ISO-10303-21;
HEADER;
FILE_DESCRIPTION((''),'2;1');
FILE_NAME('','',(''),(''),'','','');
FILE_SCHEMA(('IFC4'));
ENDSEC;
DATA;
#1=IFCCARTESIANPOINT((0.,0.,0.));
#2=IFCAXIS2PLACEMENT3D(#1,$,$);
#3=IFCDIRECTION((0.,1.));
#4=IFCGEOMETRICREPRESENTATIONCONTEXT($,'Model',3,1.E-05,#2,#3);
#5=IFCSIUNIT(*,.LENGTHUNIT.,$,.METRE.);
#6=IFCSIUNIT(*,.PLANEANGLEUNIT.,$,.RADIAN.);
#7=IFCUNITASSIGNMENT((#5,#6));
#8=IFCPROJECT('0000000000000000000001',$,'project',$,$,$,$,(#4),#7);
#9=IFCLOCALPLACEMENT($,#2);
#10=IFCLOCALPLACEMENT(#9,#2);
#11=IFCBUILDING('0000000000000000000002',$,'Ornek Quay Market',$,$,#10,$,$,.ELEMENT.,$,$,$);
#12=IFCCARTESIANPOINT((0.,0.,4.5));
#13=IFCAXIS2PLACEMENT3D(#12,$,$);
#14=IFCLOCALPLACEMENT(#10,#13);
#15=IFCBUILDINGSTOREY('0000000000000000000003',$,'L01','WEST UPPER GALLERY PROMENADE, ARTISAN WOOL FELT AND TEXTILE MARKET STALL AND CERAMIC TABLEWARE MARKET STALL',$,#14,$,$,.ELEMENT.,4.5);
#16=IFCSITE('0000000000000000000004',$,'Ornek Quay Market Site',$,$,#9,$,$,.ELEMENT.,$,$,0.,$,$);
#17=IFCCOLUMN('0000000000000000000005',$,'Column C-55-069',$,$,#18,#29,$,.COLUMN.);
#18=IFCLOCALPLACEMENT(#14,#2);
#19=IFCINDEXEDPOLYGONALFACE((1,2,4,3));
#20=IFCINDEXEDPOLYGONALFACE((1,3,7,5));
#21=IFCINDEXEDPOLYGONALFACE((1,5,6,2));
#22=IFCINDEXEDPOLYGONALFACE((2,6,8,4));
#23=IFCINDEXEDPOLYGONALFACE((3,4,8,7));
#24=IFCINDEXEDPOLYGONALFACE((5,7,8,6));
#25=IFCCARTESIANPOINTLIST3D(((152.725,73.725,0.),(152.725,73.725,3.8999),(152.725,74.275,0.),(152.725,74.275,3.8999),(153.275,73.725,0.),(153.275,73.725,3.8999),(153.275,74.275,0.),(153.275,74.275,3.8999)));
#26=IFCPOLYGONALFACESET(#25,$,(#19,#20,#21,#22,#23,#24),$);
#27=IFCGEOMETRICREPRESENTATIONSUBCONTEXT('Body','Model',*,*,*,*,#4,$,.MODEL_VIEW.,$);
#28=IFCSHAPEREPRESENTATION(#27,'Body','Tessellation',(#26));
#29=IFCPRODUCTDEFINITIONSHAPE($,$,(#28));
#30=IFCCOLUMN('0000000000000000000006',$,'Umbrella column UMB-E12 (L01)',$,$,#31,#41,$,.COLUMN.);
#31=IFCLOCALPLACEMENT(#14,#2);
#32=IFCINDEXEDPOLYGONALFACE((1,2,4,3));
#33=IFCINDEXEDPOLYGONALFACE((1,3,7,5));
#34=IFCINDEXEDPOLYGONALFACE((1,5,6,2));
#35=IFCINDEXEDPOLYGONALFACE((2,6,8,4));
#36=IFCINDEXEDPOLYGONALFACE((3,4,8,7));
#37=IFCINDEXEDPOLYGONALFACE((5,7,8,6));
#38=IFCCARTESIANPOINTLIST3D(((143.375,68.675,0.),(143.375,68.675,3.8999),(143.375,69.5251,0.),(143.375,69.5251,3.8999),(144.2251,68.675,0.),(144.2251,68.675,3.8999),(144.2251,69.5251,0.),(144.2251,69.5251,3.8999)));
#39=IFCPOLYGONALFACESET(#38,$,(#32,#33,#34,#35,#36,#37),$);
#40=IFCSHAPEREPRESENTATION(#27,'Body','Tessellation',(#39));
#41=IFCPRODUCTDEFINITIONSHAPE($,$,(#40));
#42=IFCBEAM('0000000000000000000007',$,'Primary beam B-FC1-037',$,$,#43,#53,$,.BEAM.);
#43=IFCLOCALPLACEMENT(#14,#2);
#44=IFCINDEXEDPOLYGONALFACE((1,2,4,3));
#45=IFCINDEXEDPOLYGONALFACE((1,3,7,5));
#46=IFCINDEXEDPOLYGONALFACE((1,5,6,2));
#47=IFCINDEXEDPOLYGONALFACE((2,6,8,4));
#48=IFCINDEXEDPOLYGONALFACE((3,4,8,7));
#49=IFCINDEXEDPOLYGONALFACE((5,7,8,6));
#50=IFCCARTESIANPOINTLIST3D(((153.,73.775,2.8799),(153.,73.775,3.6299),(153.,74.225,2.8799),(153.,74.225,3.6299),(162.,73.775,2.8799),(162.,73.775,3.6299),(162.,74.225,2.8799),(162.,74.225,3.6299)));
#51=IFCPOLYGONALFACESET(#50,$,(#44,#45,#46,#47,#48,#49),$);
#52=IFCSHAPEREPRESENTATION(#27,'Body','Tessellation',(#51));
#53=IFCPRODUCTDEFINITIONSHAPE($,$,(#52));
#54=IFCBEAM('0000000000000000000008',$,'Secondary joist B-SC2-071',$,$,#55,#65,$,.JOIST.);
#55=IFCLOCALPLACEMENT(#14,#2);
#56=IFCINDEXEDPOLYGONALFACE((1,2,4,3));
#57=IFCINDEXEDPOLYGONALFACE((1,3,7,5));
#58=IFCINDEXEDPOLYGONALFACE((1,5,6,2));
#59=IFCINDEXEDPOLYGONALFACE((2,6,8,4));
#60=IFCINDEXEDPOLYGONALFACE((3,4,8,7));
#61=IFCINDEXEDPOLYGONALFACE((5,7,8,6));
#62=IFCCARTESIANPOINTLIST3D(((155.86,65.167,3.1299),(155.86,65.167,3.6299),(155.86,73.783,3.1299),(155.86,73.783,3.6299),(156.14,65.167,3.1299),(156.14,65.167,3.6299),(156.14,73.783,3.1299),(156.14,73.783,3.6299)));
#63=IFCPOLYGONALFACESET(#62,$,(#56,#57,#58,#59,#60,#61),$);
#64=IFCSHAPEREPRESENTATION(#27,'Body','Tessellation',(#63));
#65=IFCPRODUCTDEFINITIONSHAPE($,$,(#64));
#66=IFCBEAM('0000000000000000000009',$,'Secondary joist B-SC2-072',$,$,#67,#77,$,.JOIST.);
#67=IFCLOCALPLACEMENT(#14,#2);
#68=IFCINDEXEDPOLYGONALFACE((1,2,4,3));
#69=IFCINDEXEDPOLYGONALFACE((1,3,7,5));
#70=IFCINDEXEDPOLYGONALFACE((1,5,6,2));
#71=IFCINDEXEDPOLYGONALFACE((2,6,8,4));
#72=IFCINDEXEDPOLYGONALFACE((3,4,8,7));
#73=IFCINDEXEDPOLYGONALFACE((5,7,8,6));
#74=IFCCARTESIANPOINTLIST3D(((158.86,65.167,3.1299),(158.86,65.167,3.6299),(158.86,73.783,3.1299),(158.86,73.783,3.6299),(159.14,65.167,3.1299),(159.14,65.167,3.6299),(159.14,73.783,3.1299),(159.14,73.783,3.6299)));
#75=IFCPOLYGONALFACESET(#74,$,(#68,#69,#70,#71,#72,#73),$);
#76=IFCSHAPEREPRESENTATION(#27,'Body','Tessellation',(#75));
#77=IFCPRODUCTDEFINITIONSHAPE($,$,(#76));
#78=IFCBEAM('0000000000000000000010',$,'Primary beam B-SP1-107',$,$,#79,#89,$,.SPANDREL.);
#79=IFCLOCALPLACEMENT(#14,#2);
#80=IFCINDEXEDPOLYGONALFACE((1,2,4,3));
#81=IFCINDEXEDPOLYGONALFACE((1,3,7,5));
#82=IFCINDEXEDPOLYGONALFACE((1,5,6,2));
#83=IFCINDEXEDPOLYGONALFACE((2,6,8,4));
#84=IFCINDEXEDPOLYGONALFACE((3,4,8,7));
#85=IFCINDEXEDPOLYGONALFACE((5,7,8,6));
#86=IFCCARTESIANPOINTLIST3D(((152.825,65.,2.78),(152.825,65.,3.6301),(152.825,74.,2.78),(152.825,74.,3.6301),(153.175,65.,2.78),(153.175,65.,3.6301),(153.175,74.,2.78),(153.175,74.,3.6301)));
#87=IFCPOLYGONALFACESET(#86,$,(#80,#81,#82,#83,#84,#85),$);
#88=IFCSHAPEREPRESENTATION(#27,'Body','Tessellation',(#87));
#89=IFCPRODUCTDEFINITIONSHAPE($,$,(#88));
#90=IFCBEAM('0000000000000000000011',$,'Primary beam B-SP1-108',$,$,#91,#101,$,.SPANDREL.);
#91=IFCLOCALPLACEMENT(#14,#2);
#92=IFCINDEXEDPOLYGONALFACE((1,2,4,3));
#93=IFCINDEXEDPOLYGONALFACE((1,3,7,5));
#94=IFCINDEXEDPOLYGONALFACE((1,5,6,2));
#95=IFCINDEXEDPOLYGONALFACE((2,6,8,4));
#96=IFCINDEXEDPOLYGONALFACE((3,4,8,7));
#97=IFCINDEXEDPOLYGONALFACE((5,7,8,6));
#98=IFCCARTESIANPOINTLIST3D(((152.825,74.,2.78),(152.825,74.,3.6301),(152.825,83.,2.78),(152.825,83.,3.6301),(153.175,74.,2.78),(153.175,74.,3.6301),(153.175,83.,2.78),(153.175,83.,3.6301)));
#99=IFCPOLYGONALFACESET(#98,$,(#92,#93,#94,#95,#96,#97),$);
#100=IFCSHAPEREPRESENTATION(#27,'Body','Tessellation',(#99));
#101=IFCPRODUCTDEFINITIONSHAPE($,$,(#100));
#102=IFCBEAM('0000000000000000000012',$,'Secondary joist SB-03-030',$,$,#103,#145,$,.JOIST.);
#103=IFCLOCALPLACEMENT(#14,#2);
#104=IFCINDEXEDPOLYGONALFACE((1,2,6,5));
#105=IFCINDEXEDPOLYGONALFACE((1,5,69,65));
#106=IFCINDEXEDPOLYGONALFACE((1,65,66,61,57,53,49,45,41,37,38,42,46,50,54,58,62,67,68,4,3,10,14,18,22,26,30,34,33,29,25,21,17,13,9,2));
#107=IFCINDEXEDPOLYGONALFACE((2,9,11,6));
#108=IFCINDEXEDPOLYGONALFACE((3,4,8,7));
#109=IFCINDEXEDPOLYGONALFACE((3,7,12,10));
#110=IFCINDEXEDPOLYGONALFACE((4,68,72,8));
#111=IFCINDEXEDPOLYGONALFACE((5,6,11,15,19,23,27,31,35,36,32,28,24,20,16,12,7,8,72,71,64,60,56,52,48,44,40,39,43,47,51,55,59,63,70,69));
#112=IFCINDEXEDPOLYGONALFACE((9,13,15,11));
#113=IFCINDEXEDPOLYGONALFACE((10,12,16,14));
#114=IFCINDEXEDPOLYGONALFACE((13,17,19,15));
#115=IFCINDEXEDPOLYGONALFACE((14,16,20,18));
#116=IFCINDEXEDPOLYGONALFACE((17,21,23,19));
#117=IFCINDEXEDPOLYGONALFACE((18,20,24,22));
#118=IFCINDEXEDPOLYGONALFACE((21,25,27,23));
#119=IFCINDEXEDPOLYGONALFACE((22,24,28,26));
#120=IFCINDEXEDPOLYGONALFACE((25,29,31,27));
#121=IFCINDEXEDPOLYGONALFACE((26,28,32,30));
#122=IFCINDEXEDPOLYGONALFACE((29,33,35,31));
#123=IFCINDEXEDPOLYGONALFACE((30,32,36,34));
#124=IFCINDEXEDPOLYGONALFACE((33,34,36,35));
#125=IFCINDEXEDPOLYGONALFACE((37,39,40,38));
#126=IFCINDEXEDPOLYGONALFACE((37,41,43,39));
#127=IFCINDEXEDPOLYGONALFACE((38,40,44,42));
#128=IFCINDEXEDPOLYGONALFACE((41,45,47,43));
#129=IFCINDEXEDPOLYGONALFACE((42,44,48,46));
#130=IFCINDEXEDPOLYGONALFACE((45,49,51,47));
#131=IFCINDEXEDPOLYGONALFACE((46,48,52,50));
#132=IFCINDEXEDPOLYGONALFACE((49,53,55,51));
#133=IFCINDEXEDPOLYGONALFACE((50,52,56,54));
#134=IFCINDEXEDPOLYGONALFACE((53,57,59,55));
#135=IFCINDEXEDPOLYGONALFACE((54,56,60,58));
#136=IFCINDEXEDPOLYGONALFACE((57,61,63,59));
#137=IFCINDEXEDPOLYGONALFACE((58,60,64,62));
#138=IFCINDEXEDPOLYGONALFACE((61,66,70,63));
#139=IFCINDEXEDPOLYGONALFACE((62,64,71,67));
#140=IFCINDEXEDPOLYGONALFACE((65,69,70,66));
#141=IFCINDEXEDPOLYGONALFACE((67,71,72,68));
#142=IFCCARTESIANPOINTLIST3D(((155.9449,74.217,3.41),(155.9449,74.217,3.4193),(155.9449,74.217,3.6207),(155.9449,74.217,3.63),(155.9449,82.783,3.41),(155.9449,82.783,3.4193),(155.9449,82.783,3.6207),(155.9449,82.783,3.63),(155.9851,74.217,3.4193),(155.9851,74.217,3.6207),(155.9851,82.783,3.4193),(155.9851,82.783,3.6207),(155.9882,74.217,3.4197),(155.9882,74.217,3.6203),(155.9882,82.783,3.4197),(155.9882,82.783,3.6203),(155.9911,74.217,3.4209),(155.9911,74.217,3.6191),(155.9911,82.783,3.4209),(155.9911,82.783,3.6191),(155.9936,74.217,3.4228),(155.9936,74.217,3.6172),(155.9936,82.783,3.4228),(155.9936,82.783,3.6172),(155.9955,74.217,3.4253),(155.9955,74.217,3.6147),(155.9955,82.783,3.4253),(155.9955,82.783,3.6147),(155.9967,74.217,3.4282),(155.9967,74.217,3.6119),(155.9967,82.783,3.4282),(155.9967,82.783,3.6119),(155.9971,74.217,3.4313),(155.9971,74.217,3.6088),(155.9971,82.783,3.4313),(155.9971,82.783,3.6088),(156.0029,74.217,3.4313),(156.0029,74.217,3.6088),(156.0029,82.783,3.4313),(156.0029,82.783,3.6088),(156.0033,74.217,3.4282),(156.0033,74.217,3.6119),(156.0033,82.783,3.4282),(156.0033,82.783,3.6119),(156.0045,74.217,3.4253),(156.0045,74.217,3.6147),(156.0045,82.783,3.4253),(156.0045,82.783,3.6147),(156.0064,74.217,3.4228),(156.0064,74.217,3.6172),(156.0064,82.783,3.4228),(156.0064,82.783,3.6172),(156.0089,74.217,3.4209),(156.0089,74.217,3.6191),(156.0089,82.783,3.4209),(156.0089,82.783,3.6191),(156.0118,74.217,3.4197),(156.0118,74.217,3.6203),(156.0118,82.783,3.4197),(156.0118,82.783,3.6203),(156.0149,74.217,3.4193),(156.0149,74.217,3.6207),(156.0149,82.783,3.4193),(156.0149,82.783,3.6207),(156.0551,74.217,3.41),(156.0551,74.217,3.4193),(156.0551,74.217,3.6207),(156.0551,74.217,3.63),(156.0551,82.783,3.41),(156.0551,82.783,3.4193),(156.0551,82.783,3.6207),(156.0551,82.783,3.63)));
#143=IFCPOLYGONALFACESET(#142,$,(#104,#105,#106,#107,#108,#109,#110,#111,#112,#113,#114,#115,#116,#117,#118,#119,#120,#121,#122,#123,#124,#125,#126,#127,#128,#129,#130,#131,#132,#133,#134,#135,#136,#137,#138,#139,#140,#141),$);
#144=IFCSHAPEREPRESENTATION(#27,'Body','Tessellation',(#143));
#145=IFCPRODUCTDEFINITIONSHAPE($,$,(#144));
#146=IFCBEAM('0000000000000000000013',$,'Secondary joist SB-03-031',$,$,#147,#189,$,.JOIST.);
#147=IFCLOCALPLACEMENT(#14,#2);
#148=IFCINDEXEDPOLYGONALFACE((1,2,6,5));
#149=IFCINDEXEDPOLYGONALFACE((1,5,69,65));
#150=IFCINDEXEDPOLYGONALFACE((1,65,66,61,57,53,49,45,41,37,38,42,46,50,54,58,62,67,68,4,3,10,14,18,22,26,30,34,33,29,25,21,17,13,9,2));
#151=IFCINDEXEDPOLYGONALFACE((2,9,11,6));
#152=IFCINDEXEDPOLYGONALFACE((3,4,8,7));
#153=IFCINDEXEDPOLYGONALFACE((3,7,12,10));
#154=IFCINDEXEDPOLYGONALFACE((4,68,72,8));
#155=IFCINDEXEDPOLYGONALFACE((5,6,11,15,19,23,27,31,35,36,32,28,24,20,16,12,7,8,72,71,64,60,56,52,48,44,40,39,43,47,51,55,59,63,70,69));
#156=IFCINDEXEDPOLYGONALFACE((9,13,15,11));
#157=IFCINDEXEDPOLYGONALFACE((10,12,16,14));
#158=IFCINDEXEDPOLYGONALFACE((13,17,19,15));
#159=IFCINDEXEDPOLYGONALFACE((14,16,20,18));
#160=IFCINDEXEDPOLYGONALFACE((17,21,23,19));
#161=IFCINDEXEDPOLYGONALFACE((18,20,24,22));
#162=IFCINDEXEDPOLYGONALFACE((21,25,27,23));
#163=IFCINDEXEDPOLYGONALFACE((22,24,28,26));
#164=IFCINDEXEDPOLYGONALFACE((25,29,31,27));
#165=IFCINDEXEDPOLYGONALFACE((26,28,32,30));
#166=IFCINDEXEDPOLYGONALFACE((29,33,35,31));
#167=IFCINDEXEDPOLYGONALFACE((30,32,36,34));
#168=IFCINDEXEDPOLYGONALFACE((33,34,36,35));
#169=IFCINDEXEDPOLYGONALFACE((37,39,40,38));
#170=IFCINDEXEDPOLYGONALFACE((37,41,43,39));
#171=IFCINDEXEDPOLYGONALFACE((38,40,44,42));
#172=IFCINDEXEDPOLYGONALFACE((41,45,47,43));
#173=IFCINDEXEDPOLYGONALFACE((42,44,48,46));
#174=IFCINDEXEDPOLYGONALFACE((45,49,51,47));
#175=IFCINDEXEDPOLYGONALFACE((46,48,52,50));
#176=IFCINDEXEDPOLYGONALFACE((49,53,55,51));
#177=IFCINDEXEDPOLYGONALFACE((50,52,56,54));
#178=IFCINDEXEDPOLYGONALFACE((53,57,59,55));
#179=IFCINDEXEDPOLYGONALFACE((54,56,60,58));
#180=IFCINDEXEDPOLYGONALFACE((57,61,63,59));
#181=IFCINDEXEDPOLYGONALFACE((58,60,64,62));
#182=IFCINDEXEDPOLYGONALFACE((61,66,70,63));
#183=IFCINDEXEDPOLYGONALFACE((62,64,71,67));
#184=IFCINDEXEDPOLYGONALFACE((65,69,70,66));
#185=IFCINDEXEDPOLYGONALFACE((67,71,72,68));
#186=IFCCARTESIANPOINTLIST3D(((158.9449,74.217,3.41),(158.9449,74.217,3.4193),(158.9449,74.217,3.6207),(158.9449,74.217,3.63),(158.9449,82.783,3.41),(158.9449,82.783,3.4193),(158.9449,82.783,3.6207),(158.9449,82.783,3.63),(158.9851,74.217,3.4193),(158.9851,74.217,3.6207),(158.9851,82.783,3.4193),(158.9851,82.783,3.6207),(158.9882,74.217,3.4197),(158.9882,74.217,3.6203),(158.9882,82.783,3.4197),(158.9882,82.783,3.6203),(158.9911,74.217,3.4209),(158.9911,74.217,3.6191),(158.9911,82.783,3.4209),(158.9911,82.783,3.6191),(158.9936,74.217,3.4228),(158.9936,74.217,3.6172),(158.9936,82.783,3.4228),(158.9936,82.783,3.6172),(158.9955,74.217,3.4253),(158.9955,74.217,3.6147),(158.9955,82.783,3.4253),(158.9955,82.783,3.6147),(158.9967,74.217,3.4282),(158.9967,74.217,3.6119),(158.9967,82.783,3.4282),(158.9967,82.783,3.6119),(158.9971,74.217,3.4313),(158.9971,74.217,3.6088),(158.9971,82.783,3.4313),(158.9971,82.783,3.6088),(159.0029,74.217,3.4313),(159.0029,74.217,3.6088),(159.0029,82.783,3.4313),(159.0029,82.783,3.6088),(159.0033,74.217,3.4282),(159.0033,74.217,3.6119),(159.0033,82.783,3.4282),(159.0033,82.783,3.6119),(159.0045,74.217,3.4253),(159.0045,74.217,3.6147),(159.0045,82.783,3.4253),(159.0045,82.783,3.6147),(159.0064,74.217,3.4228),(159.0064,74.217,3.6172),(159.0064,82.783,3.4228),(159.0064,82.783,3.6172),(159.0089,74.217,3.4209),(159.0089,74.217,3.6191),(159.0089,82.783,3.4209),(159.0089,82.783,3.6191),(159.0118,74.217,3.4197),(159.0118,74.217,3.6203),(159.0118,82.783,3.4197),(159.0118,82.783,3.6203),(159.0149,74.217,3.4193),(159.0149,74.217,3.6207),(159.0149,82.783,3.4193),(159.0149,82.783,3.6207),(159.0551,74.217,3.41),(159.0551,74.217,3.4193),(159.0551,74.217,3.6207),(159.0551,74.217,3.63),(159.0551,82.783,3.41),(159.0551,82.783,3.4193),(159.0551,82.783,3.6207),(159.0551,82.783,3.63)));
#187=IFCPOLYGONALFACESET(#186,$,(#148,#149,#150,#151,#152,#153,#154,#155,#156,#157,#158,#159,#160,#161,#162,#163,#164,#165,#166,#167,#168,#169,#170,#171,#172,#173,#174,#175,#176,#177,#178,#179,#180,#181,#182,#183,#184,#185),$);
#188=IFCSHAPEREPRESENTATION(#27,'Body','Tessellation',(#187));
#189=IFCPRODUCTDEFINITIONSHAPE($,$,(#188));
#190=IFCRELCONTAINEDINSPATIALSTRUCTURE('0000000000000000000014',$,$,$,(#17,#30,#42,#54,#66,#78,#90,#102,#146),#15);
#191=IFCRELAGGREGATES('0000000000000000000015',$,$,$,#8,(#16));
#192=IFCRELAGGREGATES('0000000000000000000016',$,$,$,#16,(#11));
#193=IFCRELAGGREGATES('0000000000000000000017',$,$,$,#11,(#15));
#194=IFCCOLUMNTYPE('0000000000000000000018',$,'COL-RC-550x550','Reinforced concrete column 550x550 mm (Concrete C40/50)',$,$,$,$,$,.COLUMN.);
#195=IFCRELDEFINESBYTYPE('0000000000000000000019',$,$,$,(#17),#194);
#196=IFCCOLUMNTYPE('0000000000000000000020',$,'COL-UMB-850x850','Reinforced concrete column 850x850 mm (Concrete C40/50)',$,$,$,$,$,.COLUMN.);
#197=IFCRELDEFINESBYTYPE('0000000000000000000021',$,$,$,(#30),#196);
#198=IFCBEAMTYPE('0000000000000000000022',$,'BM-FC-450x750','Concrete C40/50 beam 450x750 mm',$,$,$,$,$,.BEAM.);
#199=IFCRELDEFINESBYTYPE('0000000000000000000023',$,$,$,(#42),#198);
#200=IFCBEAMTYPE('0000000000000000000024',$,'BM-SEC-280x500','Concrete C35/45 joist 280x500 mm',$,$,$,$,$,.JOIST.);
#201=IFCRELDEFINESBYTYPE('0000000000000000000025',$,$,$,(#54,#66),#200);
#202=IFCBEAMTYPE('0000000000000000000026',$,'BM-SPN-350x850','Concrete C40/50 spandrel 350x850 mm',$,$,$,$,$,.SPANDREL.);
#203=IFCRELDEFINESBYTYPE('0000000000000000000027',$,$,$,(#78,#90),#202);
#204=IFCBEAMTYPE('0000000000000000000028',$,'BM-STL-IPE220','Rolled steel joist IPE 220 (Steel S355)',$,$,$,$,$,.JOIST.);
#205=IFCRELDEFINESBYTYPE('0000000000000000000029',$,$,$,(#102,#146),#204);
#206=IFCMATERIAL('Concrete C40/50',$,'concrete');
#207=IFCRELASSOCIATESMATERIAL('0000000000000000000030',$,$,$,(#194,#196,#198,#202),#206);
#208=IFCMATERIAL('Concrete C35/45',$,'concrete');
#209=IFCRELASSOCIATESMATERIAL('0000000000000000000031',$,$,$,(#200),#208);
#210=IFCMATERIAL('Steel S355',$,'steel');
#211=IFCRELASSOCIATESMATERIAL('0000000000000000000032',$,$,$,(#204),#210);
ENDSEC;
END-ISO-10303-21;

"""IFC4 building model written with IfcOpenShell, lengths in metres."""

from ifc_helpers import new_model, si_unit, direction, frame, origin, origin_2d, place, context, subcontext, project, spatial, rectangle, i_section, extrude, material, material_profile, profile_set, type_object, element, save


model = new_model("IFC4")

# Units and contexts
model_context = context("Model", 3, precision=1e-05, world=origin(), true_north=direction((0.0, 1.0)))
body_context = subcontext(model_context, "Body", "Model", "MODEL_VIEW")
ifc_project = project(units=[si_unit("LENGTHUNIT", "METRE"), si_unit("PLANEANGLEUNIT", "RADIAN")], contexts=[model_context])

# Site, building, storey
site_placement = place(None, origin())
site = spatial("IfcSite", under=ifc_project, at=site_placement, Name="Ornek Quay Market Site", CompositionType="ELEMENT", RefElevation=0.0)
building_placement = place(site_placement, origin())
building = spatial("IfcBuilding", under=site, at=building_placement, Name="Ornek Quay Market", CompositionType="ELEMENT")
storey_placement = place(building_placement, frame((0.0, 0.0, 4.5)))
storey = spatial("IfcBuildingStorey", under=building, at=storey_placement, Name="L01", Description="WEST UPPER GALLERY PROMENADE, ARTISAN WOOL FELT AND TEXTILE MARKET STALL AND CERAMIC TABLEWARE MARKET STALL", CompositionType="ELEMENT", Elevation=4.5)

# Columns
ifc_material_1 = material(Name="Concrete C40/50", Category="concrete")
ifc_material_profile_1 = material_profile(ifc_material_1, rectangle(XDim=0.55, YDim=0.55, at=origin_2d()), Name="RC 550x550", Category="concrete")
ifc_profile_set_1 = profile_set([ifc_material_profile_1], Name="Concrete C40/50")
column_type_1 = type_object("IfcColumnType", Name="COL-RC-550x550", Description="Reinforced concrete column 550x550 mm (Concrete C40/50)", PredefinedType="COLUMN", material=ifc_profile_set_1)
column_1_placement = place(storey_placement, frame((153.0, 74.0, 0.0), z_axis=(0.0, 0.0, 1.0), x_axis=(1.0, 0.0, 0.0)))
element("IfcColumn", 1, at=column_1_placement, inside=storey, type_object=column_type_1, Name="Column C-55-069", PredefinedType="COLUMN", context=body_context, shape_type="SweptSolid", body=[
    extrude(rectangle(XDim=0.55, YDim=0.55, at=origin_2d()), origin(), (0.0, 0.0, 1.0), 3.8999),
])
ifc_material_profile_2 = material_profile(ifc_material_1, rectangle(XDim=0.8501, YDim=0.8501, at=origin_2d()), Name="RC 850x850", Category="concrete")
ifc_profile_set_2 = profile_set([ifc_material_profile_2], Name="Concrete C40/50")
column_type_2 = type_object("IfcColumnType", Name="COL-UMB-850x850", Description="Reinforced concrete column 850x850 mm (Concrete C40/50)", PredefinedType="COLUMN", material=ifc_profile_set_2)
column_2_placement = place(storey_placement, frame((143.8, 69.1001, 0.0), z_axis=(0.0, 0.0, 1.0), x_axis=(1.0, 0.0, 0.0)))
element("IfcColumn", 2, at=column_2_placement, inside=storey, type_object=column_type_2, Name="Umbrella column UMB-E12 (L01)", PredefinedType="COLUMN", context=body_context, shape_type="SweptSolid", body=[
    extrude(rectangle(XDim=0.8501, YDim=0.8501, at=origin_2d()), origin(), (0.0, 0.0, 1.0), 3.8999),
])

# Beams
ifc_material_profile_3 = material_profile(ifc_material_1, rectangle(XDim=0.45, YDim=0.75, at=origin_2d()), Name="RC 450x750", Category="concrete")
ifc_profile_set_3 = profile_set([ifc_material_profile_3], Name="Concrete C40/50")
beam_type_1 = type_object("IfcBeamType", Name="BM-FC-450x750", Description="Concrete C40/50 beam 450x750 mm", PredefinedType="BEAM", material=ifc_profile_set_3)
beam_placement = place(storey_placement, frame((153.0, 74.0, 3.2549), z_axis=(1.0, 0.0, 0.0), x_axis=(0.0, 1.0, 0.0)))
element("IfcBeam", 3, at=beam_placement, inside=storey, type_object=beam_type_1, Name="Primary beam B-FC1-037", PredefinedType="BEAM", context=body_context, shape_type="SweptSolid", body=[
    extrude(rectangle(XDim=0.45, YDim=0.75, at=origin_2d()), origin(), (0.0, 0.0, 1.0), 9.0),
])
ifc_material_2 = material(Name="Concrete C35/45", Category="concrete")
ifc_material_profile_4 = material_profile(ifc_material_2, rectangle(XDim=0.28, YDim=0.5, at=origin_2d()), Name="RC 280x500", Category="concrete")
ifc_profile_set_4 = profile_set([ifc_material_profile_4], Name="Concrete C35/45")
beam_type_2 = type_object("IfcBeamType", Name="BM-SEC-280x500", Description="Concrete C35/45 joist 280x500 mm", PredefinedType="JOIST", material=ifc_profile_set_4)
for number, where, z_axis, x_axis, name in (
    (4, (156.0, 65.167, 3.3799), (0.0, 1.0, 0.0), (-1.0, 0.0, 0.0), "Secondary joist B-SC2-071"),
    (5, (159.0, 65.167, 3.3799), (0.0, 1.0, 0.0), (-1.0, 0.0, 0.0), "Secondary joist B-SC2-072"),
):
    element("IfcBeam", number, at=place(storey_placement, frame(where, z_axis=z_axis, x_axis=x_axis)), inside=storey, type_object=beam_type_2, Name=name, PredefinedType="JOIST", context=body_context, shape_type="SweptSolid", body=[
        extrude(rectangle(XDim=0.28, YDim=0.5, at=origin_2d()), origin(), (0.0, 0.0, 1.0), 8.616),
    ])
ifc_material_profile_5 = material_profile(ifc_material_1, rectangle(XDim=0.3501, YDim=0.8501, at=origin_2d()), Name="RC 350x850", Category="concrete")
ifc_profile_set_5 = profile_set([ifc_material_profile_5], Name="Concrete C40/50")
beam_type_3 = type_object("IfcBeamType", Name="BM-SPN-350x850", Description="Concrete C40/50 spandrel 350x850 mm", PredefinedType="SPANDREL", material=ifc_profile_set_5)
for number, where, z_axis, x_axis, name in (
    (6, (153.0, 65.0, 3.2051), (0.0, 1.0, 0.0), (-1.0, 0.0, 0.0), "Primary beam B-SP1-107"),
    (7, (153.0, 74.0, 3.2051), (0.0, 1.0, 0.0), (-1.0, 0.0, 0.0), "Primary beam B-SP1-108"),
):
    element("IfcBeam", number, at=place(storey_placement, frame(where, z_axis=z_axis, x_axis=x_axis)), inside=storey, type_object=beam_type_3, Name=name, PredefinedType="SPANDREL", context=body_context, shape_type="SweptSolid", body=[
        extrude(rectangle(XDim=0.3501, YDim=0.8501, at=origin_2d()), origin(), (0.0, 0.0, 1.0), 9.0),
    ])
ifc_material_3 = material(Name="Steel S355", Category="steel")
ifc_material_profile_6 = material_profile(ifc_material_3, i_section(OverallWidth=0.1101, OverallDepth=0.22, WebThickness=0.0059, FlangeThickness=0.0093, FilletRadius=0.012, at=origin_2d()), Name="IPE 220", Category="steel")
ifc_profile_set_6 = profile_set([ifc_material_profile_6], Name="Steel S355")
beam_type_4 = type_object("IfcBeamType", Name="BM-STL-IPE220", Description="Rolled steel joist IPE 220 (Steel S355)", PredefinedType="JOIST", material=ifc_profile_set_6)
for number, where, z_axis, x_axis, name in (
    (8, (156.0, 74.217, 3.52), (0.0, 1.0, 0.0), (-1.0, 0.0, 0.0), "Secondary joist SB-03-030"),
    (9, (159.0, 74.217, 3.52), (0.0, 1.0, 0.0), (-1.0, 0.0, 0.0), "Secondary joist SB-03-031"),
):
    element("IfcBeam", number, at=place(storey_placement, frame(where, z_axis=z_axis, x_axis=x_axis)), inside=storey, type_object=beam_type_4, Name=name, PredefinedType="JOIST", context=body_context, shape_type="SweptSolid", body=[
        extrude(i_section(OverallWidth=0.1101, OverallDepth=0.22, WebThickness=0.0059, FlangeThickness=0.0093, FilletRadius=0.012, at=origin_2d()), origin(), (0.0, 0.0, 1.0), 8.5659),
    ])

save(model, "model.ifc")
